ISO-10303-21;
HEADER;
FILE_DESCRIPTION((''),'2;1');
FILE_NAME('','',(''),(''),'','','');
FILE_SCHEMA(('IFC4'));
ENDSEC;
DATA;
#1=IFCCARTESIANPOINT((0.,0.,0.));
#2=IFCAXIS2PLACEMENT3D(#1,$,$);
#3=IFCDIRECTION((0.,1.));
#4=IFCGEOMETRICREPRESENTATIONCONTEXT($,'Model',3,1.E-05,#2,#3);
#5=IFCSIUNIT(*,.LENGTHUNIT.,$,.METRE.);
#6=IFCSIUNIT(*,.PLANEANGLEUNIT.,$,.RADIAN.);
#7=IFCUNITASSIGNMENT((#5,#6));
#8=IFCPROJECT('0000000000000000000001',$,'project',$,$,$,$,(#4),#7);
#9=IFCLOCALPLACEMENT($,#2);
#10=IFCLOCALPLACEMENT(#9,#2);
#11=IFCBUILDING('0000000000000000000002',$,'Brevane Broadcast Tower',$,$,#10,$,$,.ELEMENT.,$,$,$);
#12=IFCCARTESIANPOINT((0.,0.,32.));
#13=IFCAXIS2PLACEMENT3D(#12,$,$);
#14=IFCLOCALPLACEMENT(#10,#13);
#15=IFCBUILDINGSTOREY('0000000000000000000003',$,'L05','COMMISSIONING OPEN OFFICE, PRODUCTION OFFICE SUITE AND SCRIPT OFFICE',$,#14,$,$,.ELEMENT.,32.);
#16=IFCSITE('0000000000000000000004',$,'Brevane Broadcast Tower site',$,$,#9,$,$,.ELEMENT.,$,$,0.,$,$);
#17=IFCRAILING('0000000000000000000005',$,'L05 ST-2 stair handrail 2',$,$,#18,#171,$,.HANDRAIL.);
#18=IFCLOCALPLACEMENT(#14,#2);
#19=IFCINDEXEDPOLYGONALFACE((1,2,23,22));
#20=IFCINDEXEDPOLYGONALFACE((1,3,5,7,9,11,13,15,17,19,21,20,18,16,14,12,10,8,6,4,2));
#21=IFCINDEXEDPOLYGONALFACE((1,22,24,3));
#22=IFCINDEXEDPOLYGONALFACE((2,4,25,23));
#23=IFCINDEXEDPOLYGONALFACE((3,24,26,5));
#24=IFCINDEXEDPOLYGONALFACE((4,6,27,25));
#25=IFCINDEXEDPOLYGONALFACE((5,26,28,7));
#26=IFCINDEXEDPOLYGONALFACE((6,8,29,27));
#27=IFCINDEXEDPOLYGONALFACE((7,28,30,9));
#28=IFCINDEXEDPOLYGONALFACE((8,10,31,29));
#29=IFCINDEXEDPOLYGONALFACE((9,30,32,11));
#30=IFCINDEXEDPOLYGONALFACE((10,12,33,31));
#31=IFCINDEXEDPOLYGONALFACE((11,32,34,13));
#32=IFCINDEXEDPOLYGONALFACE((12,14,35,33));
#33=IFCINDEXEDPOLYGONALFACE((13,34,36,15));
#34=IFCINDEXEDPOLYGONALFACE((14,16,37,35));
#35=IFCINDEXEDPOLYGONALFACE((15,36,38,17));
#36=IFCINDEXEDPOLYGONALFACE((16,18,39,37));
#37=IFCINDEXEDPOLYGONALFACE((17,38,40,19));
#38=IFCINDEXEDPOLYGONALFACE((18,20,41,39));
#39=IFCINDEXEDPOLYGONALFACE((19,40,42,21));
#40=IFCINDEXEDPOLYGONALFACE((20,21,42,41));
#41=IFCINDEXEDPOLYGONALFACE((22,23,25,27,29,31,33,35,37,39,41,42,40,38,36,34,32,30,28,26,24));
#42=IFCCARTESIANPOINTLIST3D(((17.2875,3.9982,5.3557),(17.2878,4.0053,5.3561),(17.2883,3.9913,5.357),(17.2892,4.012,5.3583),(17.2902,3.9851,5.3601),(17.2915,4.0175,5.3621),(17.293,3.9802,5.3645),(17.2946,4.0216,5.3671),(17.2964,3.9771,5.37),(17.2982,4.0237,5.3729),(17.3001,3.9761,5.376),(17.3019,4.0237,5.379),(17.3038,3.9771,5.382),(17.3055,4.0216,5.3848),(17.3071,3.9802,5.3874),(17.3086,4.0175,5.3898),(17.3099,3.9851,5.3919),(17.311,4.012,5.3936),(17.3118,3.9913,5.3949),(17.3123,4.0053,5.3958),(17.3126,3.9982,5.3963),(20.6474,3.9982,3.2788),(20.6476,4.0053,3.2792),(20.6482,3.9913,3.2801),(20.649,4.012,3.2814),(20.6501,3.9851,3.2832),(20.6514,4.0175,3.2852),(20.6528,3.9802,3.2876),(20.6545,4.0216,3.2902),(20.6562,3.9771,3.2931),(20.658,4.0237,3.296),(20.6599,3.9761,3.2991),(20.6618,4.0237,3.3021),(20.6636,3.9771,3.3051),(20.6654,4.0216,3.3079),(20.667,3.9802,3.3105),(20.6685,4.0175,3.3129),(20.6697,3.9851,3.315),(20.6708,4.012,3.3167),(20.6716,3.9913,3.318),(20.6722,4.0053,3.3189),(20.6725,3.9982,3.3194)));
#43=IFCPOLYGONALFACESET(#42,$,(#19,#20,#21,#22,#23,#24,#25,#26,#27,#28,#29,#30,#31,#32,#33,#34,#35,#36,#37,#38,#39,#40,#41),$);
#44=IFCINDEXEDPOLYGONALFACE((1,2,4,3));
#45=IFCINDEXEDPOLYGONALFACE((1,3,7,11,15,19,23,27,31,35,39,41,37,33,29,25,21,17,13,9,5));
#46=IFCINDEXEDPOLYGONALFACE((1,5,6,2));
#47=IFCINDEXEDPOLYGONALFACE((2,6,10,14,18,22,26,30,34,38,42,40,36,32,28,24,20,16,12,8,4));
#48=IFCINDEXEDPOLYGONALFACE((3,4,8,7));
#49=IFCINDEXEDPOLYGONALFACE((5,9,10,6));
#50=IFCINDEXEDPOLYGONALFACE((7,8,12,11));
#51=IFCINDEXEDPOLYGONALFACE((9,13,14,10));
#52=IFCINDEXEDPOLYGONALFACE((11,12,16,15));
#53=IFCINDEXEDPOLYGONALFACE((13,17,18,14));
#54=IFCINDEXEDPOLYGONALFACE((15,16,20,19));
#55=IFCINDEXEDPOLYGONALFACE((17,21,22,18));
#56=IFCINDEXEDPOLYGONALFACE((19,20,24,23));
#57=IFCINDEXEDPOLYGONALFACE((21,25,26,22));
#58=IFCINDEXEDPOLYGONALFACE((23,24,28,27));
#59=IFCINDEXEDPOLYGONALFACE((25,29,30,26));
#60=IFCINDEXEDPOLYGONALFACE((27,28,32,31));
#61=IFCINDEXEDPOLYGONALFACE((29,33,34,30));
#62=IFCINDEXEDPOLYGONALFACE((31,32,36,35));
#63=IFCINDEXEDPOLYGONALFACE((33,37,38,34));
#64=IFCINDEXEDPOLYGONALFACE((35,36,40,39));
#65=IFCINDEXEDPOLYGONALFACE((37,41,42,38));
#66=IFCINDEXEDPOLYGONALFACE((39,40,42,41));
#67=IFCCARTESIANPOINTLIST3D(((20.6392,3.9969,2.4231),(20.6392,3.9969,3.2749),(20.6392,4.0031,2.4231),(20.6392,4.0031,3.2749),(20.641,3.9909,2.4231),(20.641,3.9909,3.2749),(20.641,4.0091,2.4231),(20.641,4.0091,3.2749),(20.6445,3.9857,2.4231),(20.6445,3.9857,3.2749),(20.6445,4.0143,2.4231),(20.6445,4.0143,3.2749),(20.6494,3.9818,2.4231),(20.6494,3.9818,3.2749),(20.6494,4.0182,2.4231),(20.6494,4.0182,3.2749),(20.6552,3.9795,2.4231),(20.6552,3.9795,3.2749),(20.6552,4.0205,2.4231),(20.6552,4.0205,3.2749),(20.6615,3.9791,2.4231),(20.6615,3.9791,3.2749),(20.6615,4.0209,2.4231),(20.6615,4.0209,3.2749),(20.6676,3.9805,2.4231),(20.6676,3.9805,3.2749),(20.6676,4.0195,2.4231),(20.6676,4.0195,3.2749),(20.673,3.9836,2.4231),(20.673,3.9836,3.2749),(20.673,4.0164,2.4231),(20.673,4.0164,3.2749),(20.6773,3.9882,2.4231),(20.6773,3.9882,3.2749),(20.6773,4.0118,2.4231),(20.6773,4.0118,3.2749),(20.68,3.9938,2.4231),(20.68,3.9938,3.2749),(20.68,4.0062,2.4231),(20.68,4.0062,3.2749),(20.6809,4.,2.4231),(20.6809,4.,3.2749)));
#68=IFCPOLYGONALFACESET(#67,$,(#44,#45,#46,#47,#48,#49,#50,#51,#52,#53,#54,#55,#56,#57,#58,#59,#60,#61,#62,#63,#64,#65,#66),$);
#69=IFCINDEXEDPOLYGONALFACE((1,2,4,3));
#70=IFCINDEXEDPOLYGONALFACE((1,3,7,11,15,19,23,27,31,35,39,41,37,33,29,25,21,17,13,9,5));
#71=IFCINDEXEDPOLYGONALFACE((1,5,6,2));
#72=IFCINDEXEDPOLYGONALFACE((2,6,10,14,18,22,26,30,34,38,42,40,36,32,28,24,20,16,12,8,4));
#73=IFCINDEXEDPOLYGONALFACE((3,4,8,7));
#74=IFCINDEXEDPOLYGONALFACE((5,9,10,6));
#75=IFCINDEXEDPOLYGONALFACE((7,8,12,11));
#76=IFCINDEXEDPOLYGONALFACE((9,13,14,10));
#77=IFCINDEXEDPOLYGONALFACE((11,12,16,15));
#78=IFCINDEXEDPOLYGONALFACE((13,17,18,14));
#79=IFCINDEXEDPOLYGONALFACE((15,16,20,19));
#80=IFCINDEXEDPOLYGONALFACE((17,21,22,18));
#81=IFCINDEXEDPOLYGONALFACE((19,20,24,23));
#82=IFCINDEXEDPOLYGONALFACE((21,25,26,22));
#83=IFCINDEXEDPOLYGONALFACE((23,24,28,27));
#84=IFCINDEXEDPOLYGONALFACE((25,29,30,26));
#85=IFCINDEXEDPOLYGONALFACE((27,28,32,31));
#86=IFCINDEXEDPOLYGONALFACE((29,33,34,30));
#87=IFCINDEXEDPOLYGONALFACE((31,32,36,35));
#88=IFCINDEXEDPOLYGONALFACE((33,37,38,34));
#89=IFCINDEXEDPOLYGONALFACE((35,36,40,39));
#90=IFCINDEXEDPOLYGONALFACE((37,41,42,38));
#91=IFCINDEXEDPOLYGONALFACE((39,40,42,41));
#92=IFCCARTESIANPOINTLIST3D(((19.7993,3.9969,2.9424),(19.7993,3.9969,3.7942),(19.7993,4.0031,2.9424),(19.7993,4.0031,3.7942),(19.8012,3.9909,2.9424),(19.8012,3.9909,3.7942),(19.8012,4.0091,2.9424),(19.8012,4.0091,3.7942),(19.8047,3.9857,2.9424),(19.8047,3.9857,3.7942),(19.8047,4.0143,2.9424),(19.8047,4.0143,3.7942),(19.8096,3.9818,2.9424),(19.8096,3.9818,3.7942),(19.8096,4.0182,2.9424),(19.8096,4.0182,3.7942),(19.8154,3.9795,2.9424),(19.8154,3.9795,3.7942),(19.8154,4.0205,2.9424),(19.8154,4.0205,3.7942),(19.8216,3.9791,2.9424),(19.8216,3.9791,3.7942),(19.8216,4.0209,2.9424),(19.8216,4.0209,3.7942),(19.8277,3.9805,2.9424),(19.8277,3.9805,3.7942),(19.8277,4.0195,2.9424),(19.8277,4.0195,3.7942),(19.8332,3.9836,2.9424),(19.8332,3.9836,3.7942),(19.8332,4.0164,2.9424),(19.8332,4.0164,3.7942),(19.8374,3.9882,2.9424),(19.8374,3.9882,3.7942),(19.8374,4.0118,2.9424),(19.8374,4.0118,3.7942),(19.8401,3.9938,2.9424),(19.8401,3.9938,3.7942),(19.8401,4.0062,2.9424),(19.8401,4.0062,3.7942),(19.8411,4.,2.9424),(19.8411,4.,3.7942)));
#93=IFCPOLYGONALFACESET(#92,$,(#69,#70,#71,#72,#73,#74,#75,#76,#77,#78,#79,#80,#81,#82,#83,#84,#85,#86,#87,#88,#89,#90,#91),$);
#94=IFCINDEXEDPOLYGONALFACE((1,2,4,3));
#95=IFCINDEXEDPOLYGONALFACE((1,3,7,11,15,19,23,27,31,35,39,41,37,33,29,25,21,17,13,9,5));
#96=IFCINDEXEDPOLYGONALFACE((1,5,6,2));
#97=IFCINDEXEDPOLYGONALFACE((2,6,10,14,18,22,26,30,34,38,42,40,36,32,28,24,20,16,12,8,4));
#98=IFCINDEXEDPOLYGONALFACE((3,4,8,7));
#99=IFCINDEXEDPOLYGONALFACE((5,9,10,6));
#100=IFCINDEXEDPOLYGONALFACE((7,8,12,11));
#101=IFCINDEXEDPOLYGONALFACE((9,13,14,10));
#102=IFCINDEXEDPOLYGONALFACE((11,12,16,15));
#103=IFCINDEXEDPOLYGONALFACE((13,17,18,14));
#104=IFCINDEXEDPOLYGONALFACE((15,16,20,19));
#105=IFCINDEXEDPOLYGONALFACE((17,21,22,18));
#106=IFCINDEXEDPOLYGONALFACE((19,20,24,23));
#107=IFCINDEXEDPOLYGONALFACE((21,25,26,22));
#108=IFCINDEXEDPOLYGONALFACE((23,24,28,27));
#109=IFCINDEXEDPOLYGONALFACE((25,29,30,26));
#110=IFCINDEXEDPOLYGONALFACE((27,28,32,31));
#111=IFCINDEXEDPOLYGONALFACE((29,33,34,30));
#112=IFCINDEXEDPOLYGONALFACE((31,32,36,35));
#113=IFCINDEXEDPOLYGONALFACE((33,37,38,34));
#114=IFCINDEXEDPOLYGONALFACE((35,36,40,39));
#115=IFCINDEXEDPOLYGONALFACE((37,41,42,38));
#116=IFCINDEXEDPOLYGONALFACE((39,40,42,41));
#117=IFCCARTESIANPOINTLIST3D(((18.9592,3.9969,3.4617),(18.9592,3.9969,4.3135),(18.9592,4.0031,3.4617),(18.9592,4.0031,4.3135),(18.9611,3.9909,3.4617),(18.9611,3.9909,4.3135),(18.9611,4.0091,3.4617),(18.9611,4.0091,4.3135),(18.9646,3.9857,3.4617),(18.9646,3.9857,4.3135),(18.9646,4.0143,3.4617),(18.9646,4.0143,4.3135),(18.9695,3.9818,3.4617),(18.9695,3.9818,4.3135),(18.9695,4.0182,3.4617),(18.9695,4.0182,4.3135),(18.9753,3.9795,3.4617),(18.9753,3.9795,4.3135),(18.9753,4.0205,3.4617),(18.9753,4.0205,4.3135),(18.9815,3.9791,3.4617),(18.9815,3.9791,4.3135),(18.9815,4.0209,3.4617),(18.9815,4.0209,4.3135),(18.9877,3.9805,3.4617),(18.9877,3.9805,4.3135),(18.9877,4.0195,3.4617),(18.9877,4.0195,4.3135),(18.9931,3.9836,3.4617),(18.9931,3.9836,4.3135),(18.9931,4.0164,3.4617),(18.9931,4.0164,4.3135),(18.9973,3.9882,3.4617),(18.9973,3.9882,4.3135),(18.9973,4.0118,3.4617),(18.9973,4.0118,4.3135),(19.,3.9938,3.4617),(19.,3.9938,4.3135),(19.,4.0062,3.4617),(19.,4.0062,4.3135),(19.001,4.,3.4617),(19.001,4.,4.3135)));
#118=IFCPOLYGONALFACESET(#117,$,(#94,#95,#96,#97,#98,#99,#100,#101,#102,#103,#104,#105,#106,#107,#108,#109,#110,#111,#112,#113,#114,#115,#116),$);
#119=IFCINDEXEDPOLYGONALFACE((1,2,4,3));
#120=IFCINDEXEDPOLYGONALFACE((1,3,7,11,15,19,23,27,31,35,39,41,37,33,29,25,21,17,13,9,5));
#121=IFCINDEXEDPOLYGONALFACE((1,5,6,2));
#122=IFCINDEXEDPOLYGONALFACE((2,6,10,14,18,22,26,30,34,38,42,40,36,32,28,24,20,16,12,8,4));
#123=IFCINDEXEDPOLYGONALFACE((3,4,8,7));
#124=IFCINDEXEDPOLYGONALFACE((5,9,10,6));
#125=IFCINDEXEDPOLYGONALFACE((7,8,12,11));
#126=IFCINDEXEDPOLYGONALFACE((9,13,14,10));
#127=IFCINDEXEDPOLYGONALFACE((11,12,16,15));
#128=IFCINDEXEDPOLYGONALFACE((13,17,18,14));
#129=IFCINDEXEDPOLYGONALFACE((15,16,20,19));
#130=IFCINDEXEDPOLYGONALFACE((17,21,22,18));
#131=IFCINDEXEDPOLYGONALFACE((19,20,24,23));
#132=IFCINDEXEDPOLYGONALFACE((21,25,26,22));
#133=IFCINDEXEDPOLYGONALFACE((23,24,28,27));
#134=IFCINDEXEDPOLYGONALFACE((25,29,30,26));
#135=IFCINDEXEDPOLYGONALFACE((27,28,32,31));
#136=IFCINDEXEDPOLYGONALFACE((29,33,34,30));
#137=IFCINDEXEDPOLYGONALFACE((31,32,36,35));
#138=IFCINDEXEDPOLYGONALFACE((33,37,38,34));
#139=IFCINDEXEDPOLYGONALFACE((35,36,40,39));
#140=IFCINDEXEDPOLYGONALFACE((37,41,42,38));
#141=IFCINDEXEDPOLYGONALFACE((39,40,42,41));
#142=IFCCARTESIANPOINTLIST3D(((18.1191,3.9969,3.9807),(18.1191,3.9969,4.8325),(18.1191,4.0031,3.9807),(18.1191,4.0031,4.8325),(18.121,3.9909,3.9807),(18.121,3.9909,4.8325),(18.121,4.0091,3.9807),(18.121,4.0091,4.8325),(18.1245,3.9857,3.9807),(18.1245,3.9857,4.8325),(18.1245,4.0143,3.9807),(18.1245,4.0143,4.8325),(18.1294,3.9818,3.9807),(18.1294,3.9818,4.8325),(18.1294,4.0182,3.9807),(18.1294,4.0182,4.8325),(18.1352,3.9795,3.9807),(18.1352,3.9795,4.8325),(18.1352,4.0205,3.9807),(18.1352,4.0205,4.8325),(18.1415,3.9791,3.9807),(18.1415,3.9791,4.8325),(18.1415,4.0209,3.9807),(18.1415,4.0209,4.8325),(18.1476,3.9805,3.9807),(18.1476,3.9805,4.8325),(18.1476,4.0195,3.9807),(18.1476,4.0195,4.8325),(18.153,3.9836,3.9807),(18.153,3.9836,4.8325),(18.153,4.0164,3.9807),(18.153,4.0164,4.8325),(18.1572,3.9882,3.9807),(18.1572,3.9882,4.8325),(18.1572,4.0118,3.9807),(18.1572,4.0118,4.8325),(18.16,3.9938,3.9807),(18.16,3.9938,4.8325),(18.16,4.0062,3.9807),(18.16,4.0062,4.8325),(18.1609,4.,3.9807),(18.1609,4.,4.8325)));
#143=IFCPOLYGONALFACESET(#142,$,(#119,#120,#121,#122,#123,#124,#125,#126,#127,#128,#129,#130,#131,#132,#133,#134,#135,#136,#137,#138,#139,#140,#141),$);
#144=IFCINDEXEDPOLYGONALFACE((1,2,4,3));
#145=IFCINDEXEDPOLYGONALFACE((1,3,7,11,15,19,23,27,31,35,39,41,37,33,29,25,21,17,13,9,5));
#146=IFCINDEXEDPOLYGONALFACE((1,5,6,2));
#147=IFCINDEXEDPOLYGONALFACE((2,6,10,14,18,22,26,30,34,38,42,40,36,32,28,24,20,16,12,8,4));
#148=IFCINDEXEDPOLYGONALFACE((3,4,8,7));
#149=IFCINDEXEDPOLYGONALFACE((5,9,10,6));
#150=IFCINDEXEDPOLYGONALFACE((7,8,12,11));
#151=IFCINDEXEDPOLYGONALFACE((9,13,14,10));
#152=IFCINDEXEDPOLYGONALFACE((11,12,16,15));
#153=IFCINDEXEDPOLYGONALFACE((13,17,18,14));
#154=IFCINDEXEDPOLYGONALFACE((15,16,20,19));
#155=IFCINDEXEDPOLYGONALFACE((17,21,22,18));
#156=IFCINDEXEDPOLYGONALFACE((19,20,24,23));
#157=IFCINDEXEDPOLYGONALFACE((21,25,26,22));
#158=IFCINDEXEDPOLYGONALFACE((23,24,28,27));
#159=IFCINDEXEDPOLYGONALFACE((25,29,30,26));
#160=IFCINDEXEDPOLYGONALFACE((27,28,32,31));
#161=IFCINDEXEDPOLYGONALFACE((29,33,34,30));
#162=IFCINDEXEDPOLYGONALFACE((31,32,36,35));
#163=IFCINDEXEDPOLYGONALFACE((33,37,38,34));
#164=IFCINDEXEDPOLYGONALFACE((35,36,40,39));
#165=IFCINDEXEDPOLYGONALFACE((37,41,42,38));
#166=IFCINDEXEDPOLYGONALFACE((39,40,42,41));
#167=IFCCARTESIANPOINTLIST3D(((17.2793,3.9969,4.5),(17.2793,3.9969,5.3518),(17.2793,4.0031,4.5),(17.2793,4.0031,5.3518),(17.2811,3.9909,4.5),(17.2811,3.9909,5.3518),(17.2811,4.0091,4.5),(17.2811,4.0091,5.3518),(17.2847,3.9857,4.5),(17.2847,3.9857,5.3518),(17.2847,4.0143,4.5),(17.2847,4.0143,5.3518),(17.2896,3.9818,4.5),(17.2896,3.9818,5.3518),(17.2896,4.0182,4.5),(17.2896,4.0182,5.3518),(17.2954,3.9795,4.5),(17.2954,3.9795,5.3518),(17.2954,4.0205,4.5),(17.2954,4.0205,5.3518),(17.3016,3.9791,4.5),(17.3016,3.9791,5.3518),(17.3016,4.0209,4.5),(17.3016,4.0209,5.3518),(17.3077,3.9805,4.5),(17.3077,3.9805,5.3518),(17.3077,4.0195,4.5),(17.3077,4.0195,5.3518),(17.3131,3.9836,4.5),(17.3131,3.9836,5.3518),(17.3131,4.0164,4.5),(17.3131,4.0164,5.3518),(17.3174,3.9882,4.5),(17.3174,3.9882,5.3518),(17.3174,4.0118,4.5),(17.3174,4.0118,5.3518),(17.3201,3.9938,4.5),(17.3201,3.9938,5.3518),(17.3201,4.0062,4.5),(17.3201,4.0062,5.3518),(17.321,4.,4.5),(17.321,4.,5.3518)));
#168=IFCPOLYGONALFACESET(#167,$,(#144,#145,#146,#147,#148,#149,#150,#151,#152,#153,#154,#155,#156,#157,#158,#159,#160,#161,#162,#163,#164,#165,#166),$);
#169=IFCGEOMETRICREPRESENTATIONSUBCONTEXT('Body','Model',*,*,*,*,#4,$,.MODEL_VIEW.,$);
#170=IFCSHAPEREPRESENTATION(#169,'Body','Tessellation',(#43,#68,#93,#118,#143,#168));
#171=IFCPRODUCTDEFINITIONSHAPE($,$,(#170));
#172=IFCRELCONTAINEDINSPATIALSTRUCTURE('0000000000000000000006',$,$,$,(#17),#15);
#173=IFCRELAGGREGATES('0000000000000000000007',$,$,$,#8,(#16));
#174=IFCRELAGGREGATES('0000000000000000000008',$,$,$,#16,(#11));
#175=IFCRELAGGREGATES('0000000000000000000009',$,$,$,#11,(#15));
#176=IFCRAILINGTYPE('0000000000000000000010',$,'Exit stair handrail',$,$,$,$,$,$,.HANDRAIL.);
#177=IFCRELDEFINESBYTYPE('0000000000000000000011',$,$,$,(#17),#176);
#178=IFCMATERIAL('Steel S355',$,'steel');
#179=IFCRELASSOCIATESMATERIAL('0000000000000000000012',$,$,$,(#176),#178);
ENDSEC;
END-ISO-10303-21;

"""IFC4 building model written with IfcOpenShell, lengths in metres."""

from ifc_helpers import new_model, si_unit, direction, frame, origin, origin_2d, place, context, subcontext, project, spatial, circle, extrude, material, type_object, element, save


model = new_model("IFC4")

# Units and contexts
model_context = context("Model", 3, precision=1e-05, world=origin(), true_north=direction((0.0, 1.0)))
body_context = subcontext(model_context, "Body", "Model", "MODEL_VIEW")
ifc_project = project(units=[si_unit("LENGTHUNIT", "METRE"), si_unit("PLANEANGLEUNIT", "RADIAN")], contexts=[model_context])

# Site, building, storey
site_placement = place(None, origin())
site = spatial("IfcSite", under=ifc_project, at=site_placement, Name="Brevane Broadcast Tower site", CompositionType="ELEMENT", RefElevation=0.0)
building_placement = place(site_placement, origin())
building = spatial("IfcBuilding", under=site, at=building_placement, Name="Brevane Broadcast Tower", CompositionType="ELEMENT")
storey_placement = place(building_placement, frame((0.0, 0.0, 32.0)))
storey = spatial("IfcBuildingStorey", under=building, at=storey_placement, Name="L05", Description="COMMISSIONING OPEN OFFICE, PRODUCTION OFFICE SUITE AND SCRIPT OFFICE", CompositionType="ELEMENT", Elevation=32.0)

# Railing
ifc_material_1 = material(Name="Steel S355", Category="steel")
railing_type_1 = type_object("IfcRailingType", Name="Exit stair handrail", PredefinedType="HANDRAIL", material=ifc_material_1)
railing_1_placement = place(storey_placement, frame((20.6599, 4.0, 2.4231)))
element("IfcRailing", 1, at=railing_1_placement, inside=storey, type_object=railing_type_1, Name="L05 ST-2 stair handrail 2", PredefinedType="HANDRAIL", context=body_context, shape_type="SweptSolid", body=[
    extrude(circle(Radius=0.0239, at=origin_2d()), frame((0.0, 0.0, 0.876), z_axis=(-0.850606, 0.0, 0.525803), x_axis=(0.0, -1.0, 0.0)), (0.0, 0.0, 1.0), 3.95),
    extrude(circle(Radius=0.021, at=origin_2d()), origin(), (0.0, 0.0, 1.0), 0.8518),
    extrude(circle(Radius=0.021, at=origin_2d()), frame((-0.8398, 0.0, 0.5193)), (0.0, 0.0, 1.0), 0.8518),
    extrude(circle(Radius=0.021, at=origin_2d()), frame((-1.6799, 0.0, 1.0386)), (0.0, 0.0, 1.0), 0.8518),
    extrude(circle(Radius=0.021, at=origin_2d()), frame((-2.52, 0.0, 1.5576)), (0.0, 0.0, 1.0), 0.8518),
    extrude(circle(Radius=0.021, at=origin_2d()), frame((-3.3599, 0.0, 2.0769)), (0.0, 0.0, 1.0), 0.8518),
])

save(model, "model.ifc")
